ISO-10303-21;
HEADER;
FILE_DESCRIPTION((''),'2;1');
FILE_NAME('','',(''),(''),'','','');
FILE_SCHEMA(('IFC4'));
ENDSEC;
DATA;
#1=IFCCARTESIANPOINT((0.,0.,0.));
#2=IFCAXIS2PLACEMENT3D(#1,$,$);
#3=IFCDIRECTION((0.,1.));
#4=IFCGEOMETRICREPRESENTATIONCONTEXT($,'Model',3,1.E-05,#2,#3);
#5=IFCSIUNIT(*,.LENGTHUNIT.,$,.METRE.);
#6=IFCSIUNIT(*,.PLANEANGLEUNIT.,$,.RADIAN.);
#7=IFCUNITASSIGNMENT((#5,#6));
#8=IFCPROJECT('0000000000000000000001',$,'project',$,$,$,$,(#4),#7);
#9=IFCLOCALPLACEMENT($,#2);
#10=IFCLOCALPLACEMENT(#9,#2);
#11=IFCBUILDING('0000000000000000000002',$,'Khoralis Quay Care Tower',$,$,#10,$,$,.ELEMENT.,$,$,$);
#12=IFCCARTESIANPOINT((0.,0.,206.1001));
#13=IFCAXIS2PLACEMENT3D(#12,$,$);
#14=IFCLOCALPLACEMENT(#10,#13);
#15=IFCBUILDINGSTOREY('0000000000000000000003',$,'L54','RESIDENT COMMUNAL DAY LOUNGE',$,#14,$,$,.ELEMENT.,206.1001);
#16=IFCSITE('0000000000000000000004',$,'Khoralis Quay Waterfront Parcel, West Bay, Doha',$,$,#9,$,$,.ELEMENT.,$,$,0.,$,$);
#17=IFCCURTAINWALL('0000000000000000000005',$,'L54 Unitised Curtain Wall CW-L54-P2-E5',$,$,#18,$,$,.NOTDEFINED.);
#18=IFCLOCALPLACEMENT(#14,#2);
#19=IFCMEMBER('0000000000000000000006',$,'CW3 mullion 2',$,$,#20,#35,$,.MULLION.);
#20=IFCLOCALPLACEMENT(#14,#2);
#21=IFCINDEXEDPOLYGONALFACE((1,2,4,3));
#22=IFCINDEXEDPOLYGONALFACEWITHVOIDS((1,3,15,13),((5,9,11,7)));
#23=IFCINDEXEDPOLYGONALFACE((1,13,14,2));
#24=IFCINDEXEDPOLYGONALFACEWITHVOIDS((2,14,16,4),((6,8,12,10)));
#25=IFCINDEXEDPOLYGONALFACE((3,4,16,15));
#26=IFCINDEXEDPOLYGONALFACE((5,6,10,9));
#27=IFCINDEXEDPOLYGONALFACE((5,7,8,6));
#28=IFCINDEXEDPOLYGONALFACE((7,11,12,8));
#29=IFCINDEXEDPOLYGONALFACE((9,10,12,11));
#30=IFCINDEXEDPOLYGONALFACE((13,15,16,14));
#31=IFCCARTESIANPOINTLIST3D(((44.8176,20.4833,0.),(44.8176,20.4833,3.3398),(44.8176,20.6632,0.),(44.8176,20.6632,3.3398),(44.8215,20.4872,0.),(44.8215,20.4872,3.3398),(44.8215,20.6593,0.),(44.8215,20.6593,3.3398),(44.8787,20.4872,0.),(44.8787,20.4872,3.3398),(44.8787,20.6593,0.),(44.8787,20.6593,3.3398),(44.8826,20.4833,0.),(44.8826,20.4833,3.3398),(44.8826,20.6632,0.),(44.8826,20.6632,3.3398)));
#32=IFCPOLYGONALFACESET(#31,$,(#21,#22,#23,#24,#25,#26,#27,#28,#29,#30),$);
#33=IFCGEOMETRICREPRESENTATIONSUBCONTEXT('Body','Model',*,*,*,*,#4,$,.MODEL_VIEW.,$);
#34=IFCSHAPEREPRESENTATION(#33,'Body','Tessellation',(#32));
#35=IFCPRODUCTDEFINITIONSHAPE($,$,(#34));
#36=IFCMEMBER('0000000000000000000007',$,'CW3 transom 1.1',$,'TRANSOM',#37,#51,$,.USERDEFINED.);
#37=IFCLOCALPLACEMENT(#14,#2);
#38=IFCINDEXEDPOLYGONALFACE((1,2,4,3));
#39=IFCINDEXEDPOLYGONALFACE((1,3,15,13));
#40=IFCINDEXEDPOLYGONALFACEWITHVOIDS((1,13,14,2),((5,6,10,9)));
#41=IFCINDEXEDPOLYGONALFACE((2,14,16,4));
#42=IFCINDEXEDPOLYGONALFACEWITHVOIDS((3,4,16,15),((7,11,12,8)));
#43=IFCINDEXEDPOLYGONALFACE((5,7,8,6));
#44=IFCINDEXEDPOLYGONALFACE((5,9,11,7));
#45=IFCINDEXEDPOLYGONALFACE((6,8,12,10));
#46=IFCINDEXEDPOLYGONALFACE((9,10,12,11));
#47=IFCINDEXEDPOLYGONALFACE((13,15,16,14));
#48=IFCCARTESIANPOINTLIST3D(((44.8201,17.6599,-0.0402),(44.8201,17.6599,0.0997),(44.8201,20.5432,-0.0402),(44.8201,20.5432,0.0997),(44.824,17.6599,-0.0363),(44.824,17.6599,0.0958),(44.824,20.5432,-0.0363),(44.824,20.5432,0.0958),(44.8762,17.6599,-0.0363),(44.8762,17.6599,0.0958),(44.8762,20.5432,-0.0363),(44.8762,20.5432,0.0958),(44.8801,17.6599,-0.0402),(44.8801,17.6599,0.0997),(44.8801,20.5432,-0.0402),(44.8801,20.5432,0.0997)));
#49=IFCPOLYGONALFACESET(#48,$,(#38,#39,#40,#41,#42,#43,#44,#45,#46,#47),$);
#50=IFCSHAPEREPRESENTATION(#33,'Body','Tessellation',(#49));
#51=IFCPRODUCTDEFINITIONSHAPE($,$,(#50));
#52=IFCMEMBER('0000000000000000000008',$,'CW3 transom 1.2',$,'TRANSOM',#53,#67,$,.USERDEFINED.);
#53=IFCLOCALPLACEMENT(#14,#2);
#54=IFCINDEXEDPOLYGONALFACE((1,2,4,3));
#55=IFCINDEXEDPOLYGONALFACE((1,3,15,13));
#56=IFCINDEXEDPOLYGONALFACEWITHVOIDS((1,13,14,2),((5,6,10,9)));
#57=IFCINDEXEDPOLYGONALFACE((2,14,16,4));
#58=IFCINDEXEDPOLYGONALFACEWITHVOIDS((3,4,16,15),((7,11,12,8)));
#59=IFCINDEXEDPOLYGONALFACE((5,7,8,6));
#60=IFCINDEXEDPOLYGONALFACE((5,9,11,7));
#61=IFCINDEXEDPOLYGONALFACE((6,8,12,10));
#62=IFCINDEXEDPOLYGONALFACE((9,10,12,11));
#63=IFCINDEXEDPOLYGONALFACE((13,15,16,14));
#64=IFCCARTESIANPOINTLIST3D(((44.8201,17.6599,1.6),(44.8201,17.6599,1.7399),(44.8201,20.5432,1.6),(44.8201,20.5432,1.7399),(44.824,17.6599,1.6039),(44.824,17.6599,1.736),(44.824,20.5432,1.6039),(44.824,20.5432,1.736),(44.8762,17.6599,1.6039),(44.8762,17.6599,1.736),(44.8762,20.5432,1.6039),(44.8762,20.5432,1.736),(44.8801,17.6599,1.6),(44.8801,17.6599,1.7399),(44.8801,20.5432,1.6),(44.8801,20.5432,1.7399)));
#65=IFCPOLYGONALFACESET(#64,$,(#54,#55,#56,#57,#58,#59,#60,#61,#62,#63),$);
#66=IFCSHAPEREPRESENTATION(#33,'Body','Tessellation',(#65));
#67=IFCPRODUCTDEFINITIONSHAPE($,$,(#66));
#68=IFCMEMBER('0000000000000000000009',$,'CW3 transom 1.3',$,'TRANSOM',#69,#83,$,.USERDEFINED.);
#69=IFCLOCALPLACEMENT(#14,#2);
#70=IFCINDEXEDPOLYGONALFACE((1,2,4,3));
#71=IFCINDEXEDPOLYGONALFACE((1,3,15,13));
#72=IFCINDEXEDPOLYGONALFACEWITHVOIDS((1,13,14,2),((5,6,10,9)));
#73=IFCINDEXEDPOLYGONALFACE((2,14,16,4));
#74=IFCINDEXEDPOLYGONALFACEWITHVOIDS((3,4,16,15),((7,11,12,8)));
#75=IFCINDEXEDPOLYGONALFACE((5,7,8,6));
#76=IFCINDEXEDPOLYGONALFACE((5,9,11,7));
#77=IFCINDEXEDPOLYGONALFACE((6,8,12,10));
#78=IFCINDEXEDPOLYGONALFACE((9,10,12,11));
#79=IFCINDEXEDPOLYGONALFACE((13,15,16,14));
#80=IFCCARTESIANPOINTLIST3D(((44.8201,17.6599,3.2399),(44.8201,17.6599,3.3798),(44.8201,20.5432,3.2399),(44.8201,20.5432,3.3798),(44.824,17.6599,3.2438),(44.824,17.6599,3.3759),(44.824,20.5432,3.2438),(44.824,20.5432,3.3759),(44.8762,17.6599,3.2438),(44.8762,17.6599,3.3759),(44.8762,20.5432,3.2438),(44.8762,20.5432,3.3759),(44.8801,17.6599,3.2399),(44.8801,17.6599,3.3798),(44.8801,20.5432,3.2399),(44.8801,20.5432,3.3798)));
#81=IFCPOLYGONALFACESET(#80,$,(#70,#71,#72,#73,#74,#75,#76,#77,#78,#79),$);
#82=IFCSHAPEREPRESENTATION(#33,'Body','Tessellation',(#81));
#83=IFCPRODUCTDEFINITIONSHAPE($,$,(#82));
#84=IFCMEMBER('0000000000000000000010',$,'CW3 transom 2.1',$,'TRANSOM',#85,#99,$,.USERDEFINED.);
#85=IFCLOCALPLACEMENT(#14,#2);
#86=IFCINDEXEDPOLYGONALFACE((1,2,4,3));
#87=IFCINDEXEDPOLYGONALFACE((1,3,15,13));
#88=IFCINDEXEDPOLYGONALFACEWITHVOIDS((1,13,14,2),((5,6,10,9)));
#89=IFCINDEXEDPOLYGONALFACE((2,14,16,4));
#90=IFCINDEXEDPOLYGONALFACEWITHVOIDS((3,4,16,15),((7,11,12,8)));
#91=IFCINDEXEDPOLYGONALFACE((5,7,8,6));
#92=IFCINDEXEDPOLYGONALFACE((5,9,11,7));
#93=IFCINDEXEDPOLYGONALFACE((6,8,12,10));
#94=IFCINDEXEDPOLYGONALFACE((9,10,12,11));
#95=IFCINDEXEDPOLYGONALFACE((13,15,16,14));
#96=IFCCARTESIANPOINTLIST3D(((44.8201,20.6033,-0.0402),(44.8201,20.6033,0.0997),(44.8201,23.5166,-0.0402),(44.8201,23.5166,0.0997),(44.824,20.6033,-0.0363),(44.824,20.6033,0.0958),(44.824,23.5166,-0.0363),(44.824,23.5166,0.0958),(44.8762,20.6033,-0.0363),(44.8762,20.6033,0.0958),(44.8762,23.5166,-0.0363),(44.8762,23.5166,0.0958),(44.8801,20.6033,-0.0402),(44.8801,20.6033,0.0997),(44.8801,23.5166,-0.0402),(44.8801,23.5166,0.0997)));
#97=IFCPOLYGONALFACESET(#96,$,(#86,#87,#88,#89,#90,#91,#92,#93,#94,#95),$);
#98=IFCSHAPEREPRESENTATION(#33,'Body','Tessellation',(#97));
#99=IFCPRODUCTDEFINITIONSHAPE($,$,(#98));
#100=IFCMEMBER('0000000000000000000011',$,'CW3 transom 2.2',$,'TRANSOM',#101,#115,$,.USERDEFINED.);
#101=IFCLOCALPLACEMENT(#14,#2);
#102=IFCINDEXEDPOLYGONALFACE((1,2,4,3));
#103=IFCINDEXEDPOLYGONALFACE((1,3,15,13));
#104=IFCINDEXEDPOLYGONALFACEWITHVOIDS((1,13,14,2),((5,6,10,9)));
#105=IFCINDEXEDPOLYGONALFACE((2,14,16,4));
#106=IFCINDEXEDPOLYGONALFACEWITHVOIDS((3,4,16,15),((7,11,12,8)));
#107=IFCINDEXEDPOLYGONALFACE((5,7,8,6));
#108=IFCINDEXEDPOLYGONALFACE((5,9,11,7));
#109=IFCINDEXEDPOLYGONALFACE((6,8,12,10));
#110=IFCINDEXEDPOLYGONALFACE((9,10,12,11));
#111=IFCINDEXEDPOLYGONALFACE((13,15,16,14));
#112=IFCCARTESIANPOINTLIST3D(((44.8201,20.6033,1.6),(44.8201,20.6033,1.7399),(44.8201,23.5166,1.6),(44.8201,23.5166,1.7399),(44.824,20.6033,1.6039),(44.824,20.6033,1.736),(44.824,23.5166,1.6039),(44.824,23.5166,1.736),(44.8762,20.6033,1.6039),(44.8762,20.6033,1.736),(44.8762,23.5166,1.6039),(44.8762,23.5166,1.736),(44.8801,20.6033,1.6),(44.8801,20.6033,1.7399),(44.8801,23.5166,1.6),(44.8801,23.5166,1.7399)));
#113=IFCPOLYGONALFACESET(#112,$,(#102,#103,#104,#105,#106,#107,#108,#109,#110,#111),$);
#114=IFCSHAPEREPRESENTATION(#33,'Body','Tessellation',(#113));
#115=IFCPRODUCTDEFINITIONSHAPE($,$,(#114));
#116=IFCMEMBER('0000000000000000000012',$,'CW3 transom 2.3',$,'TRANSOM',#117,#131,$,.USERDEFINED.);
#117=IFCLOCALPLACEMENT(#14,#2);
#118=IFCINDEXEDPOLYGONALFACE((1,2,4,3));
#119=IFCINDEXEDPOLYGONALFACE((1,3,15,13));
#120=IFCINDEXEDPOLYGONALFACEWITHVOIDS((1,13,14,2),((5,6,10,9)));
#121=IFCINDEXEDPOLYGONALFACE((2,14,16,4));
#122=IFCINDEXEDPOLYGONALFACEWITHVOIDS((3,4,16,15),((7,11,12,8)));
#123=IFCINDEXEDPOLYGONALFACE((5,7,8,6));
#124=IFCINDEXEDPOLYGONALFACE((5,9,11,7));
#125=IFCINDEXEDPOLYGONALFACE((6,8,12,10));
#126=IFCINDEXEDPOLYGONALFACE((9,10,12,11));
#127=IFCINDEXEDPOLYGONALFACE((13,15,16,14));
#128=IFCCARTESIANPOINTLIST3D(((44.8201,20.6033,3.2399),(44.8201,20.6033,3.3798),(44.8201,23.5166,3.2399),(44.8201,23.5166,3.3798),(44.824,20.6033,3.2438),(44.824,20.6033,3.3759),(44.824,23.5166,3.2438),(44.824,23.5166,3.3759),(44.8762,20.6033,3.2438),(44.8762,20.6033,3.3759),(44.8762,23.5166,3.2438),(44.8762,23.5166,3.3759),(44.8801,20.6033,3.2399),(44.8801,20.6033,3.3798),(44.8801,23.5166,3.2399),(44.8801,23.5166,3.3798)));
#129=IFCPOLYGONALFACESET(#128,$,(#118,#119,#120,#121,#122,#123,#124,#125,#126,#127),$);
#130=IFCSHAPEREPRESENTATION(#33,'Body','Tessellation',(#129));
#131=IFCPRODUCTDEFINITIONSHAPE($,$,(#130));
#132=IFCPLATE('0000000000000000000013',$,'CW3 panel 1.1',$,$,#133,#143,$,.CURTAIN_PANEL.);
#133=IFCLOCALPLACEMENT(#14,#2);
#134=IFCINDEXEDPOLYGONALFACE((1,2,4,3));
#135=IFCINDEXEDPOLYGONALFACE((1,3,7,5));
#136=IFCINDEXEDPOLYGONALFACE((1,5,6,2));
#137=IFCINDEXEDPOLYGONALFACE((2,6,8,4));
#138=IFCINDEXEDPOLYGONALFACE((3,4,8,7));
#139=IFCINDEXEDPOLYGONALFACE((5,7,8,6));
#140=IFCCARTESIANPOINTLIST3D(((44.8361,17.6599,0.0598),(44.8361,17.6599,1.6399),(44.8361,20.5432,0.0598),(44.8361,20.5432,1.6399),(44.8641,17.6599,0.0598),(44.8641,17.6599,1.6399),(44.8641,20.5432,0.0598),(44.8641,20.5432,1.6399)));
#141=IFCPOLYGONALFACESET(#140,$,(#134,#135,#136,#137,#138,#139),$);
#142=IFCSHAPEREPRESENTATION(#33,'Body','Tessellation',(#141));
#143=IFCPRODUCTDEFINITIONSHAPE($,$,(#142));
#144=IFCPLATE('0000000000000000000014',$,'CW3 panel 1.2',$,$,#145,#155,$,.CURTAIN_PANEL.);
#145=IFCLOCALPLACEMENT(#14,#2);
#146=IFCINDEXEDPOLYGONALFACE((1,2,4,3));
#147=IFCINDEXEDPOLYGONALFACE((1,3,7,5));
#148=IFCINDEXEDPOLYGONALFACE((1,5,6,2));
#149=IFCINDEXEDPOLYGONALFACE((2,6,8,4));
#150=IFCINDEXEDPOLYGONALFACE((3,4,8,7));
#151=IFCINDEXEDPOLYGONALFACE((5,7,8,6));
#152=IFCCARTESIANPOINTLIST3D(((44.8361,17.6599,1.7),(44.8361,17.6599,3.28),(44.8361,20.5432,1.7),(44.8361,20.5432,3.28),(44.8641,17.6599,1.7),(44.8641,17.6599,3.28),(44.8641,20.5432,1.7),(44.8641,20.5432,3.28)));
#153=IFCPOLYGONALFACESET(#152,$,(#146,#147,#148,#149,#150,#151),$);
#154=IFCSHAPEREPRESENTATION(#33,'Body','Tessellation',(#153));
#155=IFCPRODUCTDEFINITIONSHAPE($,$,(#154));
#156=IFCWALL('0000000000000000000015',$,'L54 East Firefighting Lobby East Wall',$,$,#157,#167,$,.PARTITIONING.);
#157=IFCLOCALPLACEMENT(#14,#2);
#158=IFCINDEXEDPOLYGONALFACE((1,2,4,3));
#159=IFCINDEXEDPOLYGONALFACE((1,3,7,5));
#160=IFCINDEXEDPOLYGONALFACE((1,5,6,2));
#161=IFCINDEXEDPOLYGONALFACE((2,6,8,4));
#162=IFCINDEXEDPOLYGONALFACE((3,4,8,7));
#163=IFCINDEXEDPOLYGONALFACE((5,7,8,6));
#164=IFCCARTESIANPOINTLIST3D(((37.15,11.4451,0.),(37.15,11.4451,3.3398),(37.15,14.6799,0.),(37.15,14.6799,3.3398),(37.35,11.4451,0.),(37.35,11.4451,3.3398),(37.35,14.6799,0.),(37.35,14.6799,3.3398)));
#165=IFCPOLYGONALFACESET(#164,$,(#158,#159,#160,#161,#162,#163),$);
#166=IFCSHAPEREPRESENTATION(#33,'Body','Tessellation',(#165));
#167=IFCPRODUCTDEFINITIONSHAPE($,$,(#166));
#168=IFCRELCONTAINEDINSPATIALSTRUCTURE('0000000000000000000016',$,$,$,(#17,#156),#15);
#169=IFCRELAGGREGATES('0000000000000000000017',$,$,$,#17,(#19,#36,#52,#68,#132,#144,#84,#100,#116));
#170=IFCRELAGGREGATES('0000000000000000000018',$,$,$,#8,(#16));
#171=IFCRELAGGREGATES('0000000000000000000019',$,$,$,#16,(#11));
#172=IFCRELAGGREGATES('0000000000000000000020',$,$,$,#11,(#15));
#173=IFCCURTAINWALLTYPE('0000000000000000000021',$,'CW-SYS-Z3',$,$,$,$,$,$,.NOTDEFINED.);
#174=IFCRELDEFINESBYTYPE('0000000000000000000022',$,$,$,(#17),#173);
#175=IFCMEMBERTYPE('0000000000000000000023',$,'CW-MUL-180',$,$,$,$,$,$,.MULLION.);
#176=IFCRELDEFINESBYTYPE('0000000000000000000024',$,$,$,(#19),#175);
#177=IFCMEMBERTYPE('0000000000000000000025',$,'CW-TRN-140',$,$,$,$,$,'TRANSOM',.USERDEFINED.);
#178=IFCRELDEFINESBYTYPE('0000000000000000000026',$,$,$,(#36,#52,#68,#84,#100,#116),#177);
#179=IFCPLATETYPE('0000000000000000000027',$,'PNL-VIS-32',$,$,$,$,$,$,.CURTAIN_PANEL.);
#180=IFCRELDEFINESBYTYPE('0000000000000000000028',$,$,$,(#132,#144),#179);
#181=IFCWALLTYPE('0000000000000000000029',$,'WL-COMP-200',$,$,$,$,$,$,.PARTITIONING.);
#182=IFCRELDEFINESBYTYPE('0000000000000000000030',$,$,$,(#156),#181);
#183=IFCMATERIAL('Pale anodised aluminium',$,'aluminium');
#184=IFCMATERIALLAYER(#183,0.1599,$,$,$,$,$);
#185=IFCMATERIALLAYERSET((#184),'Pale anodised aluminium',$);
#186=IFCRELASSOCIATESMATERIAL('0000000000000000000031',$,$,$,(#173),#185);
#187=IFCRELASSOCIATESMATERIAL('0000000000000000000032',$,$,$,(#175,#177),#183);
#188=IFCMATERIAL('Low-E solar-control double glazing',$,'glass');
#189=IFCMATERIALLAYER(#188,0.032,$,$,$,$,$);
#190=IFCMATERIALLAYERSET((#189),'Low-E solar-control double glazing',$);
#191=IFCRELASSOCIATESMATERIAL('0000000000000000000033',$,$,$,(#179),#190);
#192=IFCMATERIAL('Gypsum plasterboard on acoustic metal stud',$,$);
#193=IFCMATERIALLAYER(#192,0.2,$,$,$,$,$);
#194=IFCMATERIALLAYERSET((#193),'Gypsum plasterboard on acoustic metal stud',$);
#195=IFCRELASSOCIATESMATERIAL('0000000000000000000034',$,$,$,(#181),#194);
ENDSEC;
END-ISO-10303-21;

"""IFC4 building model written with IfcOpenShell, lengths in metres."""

from ifc_helpers import new_model, si_unit, direction, frame, frame_2d, origin, origin_2d, place, context, subcontext, project, spatial, rectangle, hollow_rectangle, extrude, source, transform, mapped, material, layer, layer_set, material_profile, profile_set, type_object, element, aggregate, save


model = new_model("IFC4")

# Units and contexts
model_context = context("Model", 3, precision=1e-05, world=origin(), true_north=direction((0.0, 1.0)))
body_context = subcontext(model_context, "Body", "Model", "MODEL_VIEW")
ifc_project = project(units=[si_unit("LENGTHUNIT", "METRE"), si_unit("PLANEANGLEUNIT", "RADIAN")], contexts=[model_context])

# Site, building, storey
site_placement = place(None, origin())
site = spatial("IfcSite", under=ifc_project, at=site_placement, Name="Khoralis Quay Waterfront Parcel, West Bay, Doha", CompositionType="ELEMENT", RefElevation=0.0)
building_placement = place(site_placement, origin())
building = spatial("IfcBuilding", under=site, at=building_placement, Name="Khoralis Quay Care Tower", CompositionType="ELEMENT")
storey_placement = place(building_placement, frame((0.0, 0.0, 206.1001)))
storey = spatial("IfcBuildingStorey", under=building, at=storey_placement, Name="L54", Description="RESIDENT COMMUNAL DAY LOUNGE", CompositionType="ELEMENT", Elevation=206.1001)

# Curtain wall, members, plates
ifc_material_1 = material(Name="Pale anodised aluminium", Category="aluminium")
ifc_layer_1 = layer(ifc_material_1, 0.1599)
ifc_layer_set_1 = layer_set([ifc_layer_1], Name="Pale anodised aluminium")
curtain_wall_type = type_object("IfcCurtainWallType", Name="CW-SYS-Z3", PredefinedType="NOTDEFINED", material=ifc_layer_set_1)
curtain_wall_placement = place(storey_placement, origin())
curtain_wall = element("IfcCurtainWall", 1, at=curtain_wall_placement, inside=storey, type_object=curtain_wall_type, Name="L54 Unitised Curtain Wall CW-L54-P2-E5", PredefinedType="NOTDEFINED")
ifc_material_profile_1 = material_profile(ifc_material_1, hollow_rectangle(XDim=0.0649, YDim=0.1799, WallThickness=0.0039, at=origin_2d()), Name="Pale anodised aluminium")
ifc_profile_set_1 = profile_set([ifc_material_profile_1], Name="Pale anodised aluminium")
member_type_1 = type_object("IfcMemberType", Name="CW-MUL-180", PredefinedType="MULLION", material=ifc_profile_set_1)
shared_shape_1 = source(origin(), body_context, "Body", "SweptSolid", [
    extrude(hollow_rectangle(XDim=0.0649, YDim=0.1799, WallThickness=0.0039, at=origin_2d()), origin(), (0.0, 0.0, 1.0), 3.3398),
])
member_1_placement = place(storey_placement, frame((44.8501, 20.5732, 0.0), z_axis=(0.0, 0.0, 1.0), x_axis=(-1.0, 0.0, 0.0)))
member_1 = element("IfcMember", 2, at=member_1_placement, type_object=member_type_1, Name="CW3 mullion 2", PredefinedType="MULLION", context=body_context, shape_type="MappedRepresentation", body=[
    mapped(shared_shape_1, transform((0.0, 0.0, 0.0), scale=1.0)),
])
ifc_material_profile_2 = material_profile(ifc_material_1, hollow_rectangle(XDim=0.0601, YDim=0.1399, WallThickness=0.0039, at=origin_2d()), Name="Pale anodised aluminium")
ifc_profile_set_2 = profile_set([ifc_material_profile_2], Name="Pale anodised aluminium")
member_type_2 = type_object("IfcMemberType", Name="CW-TRN-140", ElementType="TRANSOM", PredefinedType="USERDEFINED", material=ifc_profile_set_2)
shared_shape_2 = source(origin(), body_context, "Body", "SweptSolid", [
    extrude(hollow_rectangle(XDim=0.0601, YDim=0.1399, WallThickness=0.0039, at=origin_2d()), origin(), (0.0, 0.0, 1.0), 2.8833),
])
member_2_placement = place(storey_placement, frame((44.8501, 17.6599, 0.0298), z_axis=(0.0, 1.0, 0.0), x_axis=(-1.0, 0.0, 0.0)))
member_2 = element("IfcMember", 3, at=member_2_placement, type_object=member_type_2, Name="CW3 transom 1.1", ObjectType="TRANSOM", PredefinedType="USERDEFINED", context=body_context, shape_type="MappedRepresentation", body=[
    mapped(shared_shape_2, transform((0.0, 0.0, 0.0), scale=1.0)),
])
member_3_placement = place(storey_placement, frame((44.8501, 17.6599, 1.6699), z_axis=(0.0, 1.0, 0.0), x_axis=(-1.0, 0.0, 0.0)))
member_3 = element("IfcMember", 4, at=member_3_placement, type_object=member_type_2, Name="CW3 transom 1.2", ObjectType="TRANSOM", PredefinedType="USERDEFINED", context=body_context, shape_type="MappedRepresentation", body=[
    mapped(shared_shape_2, transform((0.0, 0.0, 0.0), scale=1.0)),
])
member_4_placement = place(storey_placement, frame((44.8501, 17.6599, 3.3098), z_axis=(0.0, 1.0, 0.0), x_axis=(-1.0, 0.0, 0.0)))
member_4 = element("IfcMember", 5, at=member_4_placement, type_object=member_type_2, Name="CW3 transom 1.3", ObjectType="TRANSOM", PredefinedType="USERDEFINED", context=body_context, shape_type="MappedRepresentation", body=[
    mapped(shared_shape_2, transform((0.0, 0.0, 0.0), scale=1.0)),
])
shared_shape_3 = source(origin(), body_context, "Body", "SweptSolid", [
    extrude(hollow_rectangle(XDim=0.0601, YDim=0.1399, WallThickness=0.0039, at=origin_2d()), origin(), (0.0, 0.0, 1.0), 2.9133),
])
member_5_placement = place(storey_placement, frame((44.8501, 20.6033, 0.0298), z_axis=(0.0, 1.0, 0.0), x_axis=(-1.0, 0.0, 0.0)))
member_5 = element("IfcMember", 6, at=member_5_placement, type_object=member_type_2, Name="CW3 transom 2.1", ObjectType="TRANSOM", PredefinedType="USERDEFINED", context=body_context, shape_type="MappedRepresentation", body=[
    mapped(shared_shape_3, transform((0.0, 0.0, 0.0), scale=1.0)),
])
member_6_placement = place(storey_placement, frame((44.8501, 20.6033, 1.6699), z_axis=(0.0, 1.0, 0.0), x_axis=(-1.0, 0.0, 0.0)))
member_6 = element("IfcMember", 7, at=member_6_placement, type_object=member_type_2, Name="CW3 transom 2.2", ObjectType="TRANSOM", PredefinedType="USERDEFINED", context=body_context, shape_type="MappedRepresentation", body=[
    mapped(shared_shape_3, transform((0.0, 0.0, 0.0), scale=1.0)),
])
member_7_placement = place(storey_placement, frame((44.8501, 20.6033, 3.3098), z_axis=(0.0, 1.0, 0.0), x_axis=(-1.0, 0.0, 0.0)))
member_7 = element("IfcMember", 8, at=member_7_placement, type_object=member_type_2, Name="CW3 transom 2.3", ObjectType="TRANSOM", PredefinedType="USERDEFINED", context=body_context, shape_type="MappedRepresentation", body=[
    mapped(shared_shape_3, transform((0.0, 0.0, 0.0), scale=1.0)),
])
ifc_material_2 = material(Name="Low-E solar-control double glazing", Category="glass")
ifc_layer_2 = layer(ifc_material_2, 0.032)
ifc_layer_set_2 = layer_set([ifc_layer_2], Name="Low-E solar-control double glazing")
plate_type = type_object("IfcPlateType", Name="PNL-VIS-32", PredefinedType="CURTAIN_PANEL", material=ifc_layer_set_2)
shared_shape_4 = source(origin(), body_context, "Body", "SweptSolid", [
    extrude(rectangle(XDim=2.8833, YDim=0.0281, at=origin_2d()), origin(), (0.0, 0.0, 1.0), 1.5801),
])
plate_1_placement = place(storey_placement, frame((44.8501, 19.1016, 0.0598), z_axis=(0.0, 0.0, 1.0), x_axis=(0.0, 1.0, 0.0)))
plate_1 = element("IfcPlate", 9, at=plate_1_placement, type_object=plate_type, Name="CW3 panel 1.1", PredefinedType="CURTAIN_PANEL", context=body_context, shape_type="MappedRepresentation", body=[
    mapped(shared_shape_4, transform((0.0, 0.0, 0.0), scale=1.0)),
])
plate_2_placement = place(storey_placement, frame((44.8501, 19.1016, 1.7), z_axis=(0.0, 0.0, 1.0), x_axis=(0.0, 1.0, 0.0)))
plate_2 = element("IfcPlate", 10, at=plate_2_placement, type_object=plate_type, Name="CW3 panel 1.2", PredefinedType="CURTAIN_PANEL", context=body_context, shape_type="MappedRepresentation", body=[
    mapped(shared_shape_4, transform((0.0, 0.0, 0.0), scale=1.0)),
])
aggregate(curtain_wall, [member_1, member_2, member_3, member_4, plate_1, plate_2, member_5, member_6, member_7])

# Wall
ifc_material_3 = material(Name="Gypsum plasterboard on acoustic metal stud")
ifc_layer_3 = layer(ifc_material_3, 0.2)
ifc_layer_set_3 = layer_set([ifc_layer_3], Name="Gypsum plasterboard on acoustic metal stud")
wall_type_1 = type_object("IfcWallType", Name="WL-COMP-200", PredefinedType="PARTITIONING", material=ifc_layer_set_3)
wall_1_placement = place(storey_placement, frame((37.25, 11.4451, 0.0), z_axis=(0.0, 0.0, 1.0), x_axis=(0.0, 1.0, 0.0)))
element("IfcWall", 11, at=wall_1_placement, inside=storey, type_object=wall_type_1, Name="L54 East Firefighting Lobby East Wall", PredefinedType="PARTITIONING", context=body_context, shape_type="SweptSolid", body=[
    extrude(rectangle(XDim=3.2349, YDim=0.2, at=frame_2d((1.6174, 0.0))), origin(), (0.0, 0.0, 1.0), 3.3398),
])

save(model, "model.ifc")
